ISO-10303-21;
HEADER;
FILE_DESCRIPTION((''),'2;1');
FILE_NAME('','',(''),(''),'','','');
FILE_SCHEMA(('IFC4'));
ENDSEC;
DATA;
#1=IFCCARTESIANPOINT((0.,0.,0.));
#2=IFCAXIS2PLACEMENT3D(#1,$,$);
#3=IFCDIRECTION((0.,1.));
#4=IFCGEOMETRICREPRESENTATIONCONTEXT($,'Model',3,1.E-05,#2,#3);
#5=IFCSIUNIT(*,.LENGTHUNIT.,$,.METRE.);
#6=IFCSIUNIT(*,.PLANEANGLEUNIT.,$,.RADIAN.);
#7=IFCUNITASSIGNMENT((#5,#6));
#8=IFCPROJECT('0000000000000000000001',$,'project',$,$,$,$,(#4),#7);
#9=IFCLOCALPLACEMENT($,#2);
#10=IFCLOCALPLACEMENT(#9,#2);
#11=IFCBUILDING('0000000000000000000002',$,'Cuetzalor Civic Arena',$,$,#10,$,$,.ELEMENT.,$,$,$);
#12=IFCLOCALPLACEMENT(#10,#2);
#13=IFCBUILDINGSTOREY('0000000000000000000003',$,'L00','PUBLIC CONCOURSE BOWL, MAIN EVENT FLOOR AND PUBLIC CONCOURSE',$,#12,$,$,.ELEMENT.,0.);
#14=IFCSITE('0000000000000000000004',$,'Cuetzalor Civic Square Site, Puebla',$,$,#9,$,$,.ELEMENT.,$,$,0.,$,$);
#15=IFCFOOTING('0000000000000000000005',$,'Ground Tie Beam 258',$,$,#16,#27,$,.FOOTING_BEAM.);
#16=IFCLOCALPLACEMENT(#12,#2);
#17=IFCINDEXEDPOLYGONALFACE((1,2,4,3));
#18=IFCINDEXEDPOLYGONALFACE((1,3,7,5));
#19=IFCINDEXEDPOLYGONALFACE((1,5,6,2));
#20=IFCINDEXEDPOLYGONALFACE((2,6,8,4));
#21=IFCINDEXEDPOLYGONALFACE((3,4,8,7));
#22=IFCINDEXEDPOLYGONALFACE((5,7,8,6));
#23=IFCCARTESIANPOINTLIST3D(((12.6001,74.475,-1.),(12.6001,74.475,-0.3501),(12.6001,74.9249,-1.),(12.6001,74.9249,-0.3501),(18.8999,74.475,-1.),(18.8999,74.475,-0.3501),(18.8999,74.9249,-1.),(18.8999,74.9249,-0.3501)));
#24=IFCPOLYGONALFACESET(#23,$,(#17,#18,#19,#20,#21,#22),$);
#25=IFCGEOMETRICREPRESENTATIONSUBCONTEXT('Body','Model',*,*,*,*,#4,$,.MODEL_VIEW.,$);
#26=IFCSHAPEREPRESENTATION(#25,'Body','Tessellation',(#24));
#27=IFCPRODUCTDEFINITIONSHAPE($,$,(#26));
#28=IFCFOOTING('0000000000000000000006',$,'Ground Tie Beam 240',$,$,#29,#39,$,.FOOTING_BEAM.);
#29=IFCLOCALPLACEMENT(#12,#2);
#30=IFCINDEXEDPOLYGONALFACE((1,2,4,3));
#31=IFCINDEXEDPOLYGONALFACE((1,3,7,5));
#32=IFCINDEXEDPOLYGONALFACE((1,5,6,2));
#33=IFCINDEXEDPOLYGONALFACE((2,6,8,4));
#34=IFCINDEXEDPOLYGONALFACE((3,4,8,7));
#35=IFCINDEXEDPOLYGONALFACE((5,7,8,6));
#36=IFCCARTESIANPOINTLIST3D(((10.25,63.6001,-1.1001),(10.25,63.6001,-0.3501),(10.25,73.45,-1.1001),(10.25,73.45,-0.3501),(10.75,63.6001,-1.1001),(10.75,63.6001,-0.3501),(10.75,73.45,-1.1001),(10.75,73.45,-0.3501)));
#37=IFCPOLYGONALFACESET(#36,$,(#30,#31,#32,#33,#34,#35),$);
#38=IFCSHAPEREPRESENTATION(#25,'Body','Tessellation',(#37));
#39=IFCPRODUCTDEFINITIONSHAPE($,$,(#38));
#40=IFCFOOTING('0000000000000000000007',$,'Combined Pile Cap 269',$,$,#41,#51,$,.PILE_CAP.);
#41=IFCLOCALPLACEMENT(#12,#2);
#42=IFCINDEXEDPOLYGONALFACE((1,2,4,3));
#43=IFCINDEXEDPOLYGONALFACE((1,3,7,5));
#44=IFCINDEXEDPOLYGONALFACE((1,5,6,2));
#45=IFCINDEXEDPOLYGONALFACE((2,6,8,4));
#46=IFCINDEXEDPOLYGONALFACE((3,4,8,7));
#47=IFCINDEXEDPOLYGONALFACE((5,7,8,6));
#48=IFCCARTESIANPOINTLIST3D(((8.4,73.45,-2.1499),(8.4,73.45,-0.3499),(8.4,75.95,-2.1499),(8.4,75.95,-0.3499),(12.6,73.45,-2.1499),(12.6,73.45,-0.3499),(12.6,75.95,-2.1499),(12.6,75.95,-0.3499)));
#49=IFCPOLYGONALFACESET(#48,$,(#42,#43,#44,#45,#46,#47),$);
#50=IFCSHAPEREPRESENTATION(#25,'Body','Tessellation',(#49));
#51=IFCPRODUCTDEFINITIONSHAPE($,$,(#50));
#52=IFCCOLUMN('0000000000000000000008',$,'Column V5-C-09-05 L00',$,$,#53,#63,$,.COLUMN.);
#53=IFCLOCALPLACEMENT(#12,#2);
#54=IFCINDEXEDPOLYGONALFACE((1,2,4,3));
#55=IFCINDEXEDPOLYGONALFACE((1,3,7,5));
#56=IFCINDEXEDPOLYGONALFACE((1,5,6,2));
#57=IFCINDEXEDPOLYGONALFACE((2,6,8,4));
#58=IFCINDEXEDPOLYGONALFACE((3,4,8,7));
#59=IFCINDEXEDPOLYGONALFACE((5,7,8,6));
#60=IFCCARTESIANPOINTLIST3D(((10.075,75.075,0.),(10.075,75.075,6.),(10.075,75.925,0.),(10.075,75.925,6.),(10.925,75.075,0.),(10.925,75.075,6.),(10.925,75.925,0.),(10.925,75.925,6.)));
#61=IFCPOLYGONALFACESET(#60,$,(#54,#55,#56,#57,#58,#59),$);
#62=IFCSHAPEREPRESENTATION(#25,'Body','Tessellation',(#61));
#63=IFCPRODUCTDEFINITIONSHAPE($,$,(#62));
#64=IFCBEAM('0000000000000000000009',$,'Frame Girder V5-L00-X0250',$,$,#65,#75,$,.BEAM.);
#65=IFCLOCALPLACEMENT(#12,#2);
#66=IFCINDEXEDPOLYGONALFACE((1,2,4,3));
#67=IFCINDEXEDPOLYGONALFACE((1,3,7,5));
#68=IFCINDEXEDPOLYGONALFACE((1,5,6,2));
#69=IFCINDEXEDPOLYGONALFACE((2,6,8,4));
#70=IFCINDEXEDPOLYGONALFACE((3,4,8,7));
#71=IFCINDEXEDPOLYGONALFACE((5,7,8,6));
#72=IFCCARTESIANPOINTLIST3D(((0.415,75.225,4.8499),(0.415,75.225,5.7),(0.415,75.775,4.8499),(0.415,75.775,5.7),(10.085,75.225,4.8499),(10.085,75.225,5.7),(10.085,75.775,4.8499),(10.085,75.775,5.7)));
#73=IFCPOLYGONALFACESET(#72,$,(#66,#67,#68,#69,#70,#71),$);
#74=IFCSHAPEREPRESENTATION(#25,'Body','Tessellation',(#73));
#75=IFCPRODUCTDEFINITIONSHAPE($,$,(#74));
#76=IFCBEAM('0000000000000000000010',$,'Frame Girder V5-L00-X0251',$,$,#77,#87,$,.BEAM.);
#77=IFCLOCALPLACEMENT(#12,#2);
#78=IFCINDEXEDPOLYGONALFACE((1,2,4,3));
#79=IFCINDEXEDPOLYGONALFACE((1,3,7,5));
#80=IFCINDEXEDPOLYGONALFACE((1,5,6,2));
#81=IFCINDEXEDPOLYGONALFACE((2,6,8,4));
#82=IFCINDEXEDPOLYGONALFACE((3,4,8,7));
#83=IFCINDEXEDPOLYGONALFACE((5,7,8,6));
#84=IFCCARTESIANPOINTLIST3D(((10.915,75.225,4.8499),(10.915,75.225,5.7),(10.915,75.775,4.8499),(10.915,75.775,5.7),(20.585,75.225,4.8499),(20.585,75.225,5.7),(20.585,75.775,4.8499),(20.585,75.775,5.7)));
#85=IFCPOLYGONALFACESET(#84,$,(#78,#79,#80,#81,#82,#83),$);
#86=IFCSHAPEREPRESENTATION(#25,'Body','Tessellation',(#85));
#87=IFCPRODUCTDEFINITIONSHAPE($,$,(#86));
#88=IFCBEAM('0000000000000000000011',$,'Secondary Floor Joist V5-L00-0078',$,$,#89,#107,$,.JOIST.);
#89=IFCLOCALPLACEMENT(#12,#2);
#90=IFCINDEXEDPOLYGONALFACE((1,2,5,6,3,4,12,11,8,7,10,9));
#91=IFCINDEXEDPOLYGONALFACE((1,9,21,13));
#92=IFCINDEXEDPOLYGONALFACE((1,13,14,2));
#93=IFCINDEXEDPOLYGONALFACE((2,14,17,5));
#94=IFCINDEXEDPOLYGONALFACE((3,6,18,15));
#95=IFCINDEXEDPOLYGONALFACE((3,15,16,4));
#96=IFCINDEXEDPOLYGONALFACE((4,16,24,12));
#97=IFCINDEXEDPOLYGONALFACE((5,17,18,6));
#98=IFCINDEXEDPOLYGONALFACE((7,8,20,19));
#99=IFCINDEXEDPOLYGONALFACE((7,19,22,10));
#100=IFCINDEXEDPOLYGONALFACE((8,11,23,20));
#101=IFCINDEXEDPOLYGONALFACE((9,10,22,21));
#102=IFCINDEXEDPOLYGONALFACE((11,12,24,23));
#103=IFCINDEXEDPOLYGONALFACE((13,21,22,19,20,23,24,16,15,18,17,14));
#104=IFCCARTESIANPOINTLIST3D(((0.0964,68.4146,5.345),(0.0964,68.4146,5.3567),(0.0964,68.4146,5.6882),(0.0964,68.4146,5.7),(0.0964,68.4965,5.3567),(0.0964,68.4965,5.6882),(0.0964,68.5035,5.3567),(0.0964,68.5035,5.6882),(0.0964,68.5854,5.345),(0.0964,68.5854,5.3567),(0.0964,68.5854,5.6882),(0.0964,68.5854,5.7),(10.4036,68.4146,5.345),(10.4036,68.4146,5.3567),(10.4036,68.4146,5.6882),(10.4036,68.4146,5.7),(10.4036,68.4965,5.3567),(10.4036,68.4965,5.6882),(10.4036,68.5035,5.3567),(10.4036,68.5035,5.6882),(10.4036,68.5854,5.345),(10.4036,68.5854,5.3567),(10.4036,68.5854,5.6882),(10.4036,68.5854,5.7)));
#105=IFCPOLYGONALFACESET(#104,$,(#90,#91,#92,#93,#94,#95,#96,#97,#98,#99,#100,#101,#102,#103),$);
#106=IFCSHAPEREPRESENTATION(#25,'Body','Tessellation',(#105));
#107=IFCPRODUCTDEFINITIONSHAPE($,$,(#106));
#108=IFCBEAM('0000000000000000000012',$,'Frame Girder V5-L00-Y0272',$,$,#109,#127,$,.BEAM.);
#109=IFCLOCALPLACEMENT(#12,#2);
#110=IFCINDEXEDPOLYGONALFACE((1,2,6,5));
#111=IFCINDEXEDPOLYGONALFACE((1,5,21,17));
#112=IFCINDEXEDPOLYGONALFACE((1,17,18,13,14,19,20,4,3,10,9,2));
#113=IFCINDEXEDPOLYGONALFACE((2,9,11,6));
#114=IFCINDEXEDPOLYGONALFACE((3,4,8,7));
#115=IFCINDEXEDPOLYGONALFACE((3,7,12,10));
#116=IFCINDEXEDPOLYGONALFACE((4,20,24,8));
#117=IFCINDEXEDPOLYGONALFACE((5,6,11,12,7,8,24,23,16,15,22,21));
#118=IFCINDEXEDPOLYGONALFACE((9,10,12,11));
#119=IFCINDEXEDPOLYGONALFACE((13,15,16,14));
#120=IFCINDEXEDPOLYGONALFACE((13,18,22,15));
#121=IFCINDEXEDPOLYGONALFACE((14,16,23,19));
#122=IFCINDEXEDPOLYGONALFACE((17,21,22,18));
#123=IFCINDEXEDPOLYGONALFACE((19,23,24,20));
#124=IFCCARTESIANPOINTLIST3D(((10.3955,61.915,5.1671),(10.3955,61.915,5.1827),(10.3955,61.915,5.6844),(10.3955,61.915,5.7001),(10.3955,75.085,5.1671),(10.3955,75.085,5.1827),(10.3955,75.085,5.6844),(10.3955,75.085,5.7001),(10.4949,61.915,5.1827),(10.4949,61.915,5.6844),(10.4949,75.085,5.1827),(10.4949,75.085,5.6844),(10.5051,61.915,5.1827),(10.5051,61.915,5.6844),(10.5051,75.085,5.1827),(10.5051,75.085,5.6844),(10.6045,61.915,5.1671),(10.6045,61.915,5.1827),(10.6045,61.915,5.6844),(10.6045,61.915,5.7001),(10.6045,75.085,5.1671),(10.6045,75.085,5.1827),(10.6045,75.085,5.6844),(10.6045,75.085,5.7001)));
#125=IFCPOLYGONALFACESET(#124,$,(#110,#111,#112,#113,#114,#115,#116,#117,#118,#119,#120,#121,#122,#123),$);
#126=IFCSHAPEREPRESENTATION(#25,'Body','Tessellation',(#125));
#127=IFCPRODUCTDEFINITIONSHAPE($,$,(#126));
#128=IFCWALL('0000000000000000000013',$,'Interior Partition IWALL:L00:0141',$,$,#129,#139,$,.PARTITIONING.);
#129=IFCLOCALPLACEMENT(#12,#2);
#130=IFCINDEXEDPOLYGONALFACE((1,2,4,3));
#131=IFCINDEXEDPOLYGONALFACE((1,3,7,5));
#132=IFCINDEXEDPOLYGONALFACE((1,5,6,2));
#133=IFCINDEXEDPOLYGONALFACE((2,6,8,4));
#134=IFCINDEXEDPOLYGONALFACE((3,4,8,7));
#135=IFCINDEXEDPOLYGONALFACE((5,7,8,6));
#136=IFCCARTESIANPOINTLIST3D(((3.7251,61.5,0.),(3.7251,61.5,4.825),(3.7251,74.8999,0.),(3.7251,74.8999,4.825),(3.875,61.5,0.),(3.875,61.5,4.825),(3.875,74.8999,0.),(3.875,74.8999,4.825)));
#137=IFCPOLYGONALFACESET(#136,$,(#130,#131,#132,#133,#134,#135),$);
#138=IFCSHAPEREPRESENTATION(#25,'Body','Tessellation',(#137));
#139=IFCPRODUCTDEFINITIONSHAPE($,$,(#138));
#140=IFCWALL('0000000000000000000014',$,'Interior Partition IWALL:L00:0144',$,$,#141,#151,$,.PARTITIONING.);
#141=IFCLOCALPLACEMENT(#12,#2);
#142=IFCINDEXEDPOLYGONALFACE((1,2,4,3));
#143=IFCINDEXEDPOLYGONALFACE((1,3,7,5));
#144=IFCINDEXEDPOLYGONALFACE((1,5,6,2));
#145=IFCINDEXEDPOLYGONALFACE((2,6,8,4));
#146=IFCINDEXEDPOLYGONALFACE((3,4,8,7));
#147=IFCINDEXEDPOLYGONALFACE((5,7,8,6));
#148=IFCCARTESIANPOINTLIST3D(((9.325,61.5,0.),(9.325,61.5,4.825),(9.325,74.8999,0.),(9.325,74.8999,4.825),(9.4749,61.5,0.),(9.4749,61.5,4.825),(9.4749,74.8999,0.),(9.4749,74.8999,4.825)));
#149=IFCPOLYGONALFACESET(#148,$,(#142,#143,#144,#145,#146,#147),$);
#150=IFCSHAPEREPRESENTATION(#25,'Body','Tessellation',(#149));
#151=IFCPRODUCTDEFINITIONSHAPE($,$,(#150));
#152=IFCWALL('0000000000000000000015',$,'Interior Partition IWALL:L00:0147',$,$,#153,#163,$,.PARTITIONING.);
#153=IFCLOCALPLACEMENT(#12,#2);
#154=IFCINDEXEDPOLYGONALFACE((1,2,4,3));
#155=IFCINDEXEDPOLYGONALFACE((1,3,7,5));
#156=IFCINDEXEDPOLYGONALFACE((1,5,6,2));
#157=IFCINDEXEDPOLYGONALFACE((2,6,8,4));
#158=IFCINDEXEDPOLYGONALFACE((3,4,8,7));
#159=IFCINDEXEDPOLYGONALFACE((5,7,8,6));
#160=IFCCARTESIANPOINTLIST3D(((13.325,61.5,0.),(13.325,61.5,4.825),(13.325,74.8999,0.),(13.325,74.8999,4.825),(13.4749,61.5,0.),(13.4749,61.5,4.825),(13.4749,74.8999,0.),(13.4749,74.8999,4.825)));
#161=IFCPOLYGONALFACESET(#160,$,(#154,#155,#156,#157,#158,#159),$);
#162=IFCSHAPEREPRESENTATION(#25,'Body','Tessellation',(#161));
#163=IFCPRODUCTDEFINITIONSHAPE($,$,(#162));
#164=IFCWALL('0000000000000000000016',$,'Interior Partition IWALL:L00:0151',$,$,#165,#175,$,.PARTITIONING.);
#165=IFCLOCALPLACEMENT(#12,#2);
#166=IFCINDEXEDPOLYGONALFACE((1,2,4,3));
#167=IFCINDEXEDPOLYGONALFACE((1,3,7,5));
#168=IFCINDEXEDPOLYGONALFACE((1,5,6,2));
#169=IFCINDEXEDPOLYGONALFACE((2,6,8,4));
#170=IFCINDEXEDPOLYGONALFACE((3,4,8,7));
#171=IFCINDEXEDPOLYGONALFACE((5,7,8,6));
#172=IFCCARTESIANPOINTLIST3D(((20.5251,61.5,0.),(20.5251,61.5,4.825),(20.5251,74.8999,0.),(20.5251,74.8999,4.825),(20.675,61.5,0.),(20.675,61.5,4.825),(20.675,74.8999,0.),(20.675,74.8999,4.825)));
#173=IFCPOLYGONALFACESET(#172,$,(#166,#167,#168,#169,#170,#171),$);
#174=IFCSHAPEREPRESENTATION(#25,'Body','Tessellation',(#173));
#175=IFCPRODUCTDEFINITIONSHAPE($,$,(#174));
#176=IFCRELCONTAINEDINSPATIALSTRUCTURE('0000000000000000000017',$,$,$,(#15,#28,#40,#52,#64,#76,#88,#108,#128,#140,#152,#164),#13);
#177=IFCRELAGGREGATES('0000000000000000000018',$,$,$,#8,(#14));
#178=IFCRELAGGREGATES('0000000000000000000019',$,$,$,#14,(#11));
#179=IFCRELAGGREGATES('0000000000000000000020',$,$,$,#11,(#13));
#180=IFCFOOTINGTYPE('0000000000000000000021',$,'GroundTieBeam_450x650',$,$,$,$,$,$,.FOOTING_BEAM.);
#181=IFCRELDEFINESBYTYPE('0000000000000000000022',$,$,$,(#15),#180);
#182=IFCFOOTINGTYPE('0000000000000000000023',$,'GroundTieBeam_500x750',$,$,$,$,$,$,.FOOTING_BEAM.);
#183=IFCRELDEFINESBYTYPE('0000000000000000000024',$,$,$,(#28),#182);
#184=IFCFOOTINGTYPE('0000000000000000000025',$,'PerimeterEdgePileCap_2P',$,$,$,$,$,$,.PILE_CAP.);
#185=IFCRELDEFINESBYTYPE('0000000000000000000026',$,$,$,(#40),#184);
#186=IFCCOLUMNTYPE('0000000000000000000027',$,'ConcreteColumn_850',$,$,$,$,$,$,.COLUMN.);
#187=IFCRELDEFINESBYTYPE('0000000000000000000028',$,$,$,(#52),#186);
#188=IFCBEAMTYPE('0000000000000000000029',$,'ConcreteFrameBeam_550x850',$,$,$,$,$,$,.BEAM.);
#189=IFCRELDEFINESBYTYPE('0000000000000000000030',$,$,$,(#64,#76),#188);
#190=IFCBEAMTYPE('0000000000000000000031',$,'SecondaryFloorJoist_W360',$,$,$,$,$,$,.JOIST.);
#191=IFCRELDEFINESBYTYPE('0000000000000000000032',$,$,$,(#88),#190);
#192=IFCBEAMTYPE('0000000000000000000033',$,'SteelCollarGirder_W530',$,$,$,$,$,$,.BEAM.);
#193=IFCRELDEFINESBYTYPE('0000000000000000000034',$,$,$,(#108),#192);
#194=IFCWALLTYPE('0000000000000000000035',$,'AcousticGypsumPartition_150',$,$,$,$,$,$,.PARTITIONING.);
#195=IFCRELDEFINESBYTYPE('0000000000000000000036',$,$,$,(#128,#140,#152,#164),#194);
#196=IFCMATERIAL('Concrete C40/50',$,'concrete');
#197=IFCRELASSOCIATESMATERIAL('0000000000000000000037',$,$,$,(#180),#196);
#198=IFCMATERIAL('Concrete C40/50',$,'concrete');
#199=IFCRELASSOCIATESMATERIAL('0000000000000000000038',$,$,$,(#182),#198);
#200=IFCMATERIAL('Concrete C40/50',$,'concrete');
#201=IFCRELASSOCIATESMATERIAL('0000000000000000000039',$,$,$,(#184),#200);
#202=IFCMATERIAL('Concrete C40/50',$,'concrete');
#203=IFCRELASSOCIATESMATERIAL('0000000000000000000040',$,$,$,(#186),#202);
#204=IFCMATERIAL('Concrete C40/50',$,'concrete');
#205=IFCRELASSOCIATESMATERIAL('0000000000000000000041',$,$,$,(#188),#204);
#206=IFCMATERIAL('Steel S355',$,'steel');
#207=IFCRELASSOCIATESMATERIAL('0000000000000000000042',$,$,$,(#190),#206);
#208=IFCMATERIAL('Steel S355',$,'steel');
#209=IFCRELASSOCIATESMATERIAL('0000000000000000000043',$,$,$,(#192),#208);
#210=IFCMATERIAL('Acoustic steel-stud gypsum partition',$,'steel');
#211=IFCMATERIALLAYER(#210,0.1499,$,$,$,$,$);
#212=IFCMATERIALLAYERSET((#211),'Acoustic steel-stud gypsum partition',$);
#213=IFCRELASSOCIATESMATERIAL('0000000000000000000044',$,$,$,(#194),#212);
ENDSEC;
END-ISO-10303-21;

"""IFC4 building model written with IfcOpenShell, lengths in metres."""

from ifc_helpers import new_model, si_unit, direction, frame, frame_2d, origin, origin_2d, place, context, subcontext, project, spatial, rectangle, i_section, extrude, material, layer, layer_set, material_profile, profile_set, type_object, element, save


model = new_model("IFC4")

# Units and contexts
model_context = context("Model", 3, precision=1e-05, world=origin(), true_north=direction((0.0, 1.0)))
body_context = subcontext(model_context, "Body", "Model", "MODEL_VIEW")
ifc_project = project(units=[si_unit("LENGTHUNIT", "METRE"), si_unit("PLANEANGLEUNIT", "RADIAN")], contexts=[model_context])

# Site, building, storey
site_placement = place(None, origin())
site = spatial("IfcSite", under=ifc_project, at=site_placement, Name="Cuetzalor Civic Square Site, Puebla", CompositionType="ELEMENT", RefElevation=0.0)
building_placement = place(site_placement, origin())
building = spatial("IfcBuilding", under=site, at=building_placement, Name="Cuetzalor Civic Arena", CompositionType="ELEMENT")
storey_placement = place(building_placement, origin())
storey = spatial("IfcBuildingStorey", under=building, at=storey_placement, Name="L00", Description="PUBLIC CONCOURSE BOWL, MAIN EVENT FLOOR AND PUBLIC CONCOURSE", CompositionType="ELEMENT", Elevation=0.0)

# Footings
ifc_material_1 = material(Name="Concrete C40/50", Category="concrete")
ifc_material_profile_1 = material_profile(ifc_material_1, rectangle(XDim=0.45, YDim=0.6499, at=origin_2d()), Name="RC 450x650")
ifc_profile_set_1 = profile_set([ifc_material_profile_1], Name="Concrete C40/50")
footing_type_1 = type_object("IfcFootingType", Name="GroundTieBeam_450x650", PredefinedType="FOOTING_BEAM", material=ifc_profile_set_1)
for number, where, z_axis, x_axis, name in (
    (1, (12.6001, 74.7, -0.675), (1.0, 0.0, 0.0), (0.0, 1.0, 0.0), "Ground Tie Beam 258"),
):
    element("IfcFooting", number, at=place(storey_placement, frame(where, z_axis=z_axis, x_axis=x_axis)), inside=storey, type_object=footing_type_1, Name=name, PredefinedType="FOOTING_BEAM", context=body_context, shape_type="SweptSolid", body=[
        extrude(rectangle(XDim=0.45, YDim=0.6499, at=origin_2d()), origin(), (0.0, 0.0, 1.0), 6.2998),
    ])
ifc_material_2 = material(Name="Concrete C40/50", Category="concrete")
ifc_material_profile_2 = material_profile(ifc_material_2, rectangle(XDim=0.5, YDim=0.75, at=origin_2d()), Name="RC 500x750")
ifc_profile_set_2 = profile_set([ifc_material_profile_2], Name="Concrete C40/50")
footing_type_2 = type_object("IfcFootingType", Name="GroundTieBeam_500x750", PredefinedType="FOOTING_BEAM", material=ifc_profile_set_2)
footing_1_placement = place(storey_placement, frame((10.5, 63.6001, -0.7251), z_axis=(0.0, 1.0, 0.0), x_axis=(-1.0, 0.0, 0.0)))
element("IfcFooting", 2, at=footing_1_placement, inside=storey, type_object=footing_type_2, Name="Ground Tie Beam 240", PredefinedType="FOOTING_BEAM", context=body_context, shape_type="SweptSolid", body=[
    extrude(rectangle(XDim=0.5, YDim=0.75, at=origin_2d()), origin(), (0.0, 0.0, 1.0), 9.8499),
])
ifc_material_3 = material(Name="Concrete C40/50", Category="concrete")
footing_type_3 = type_object("IfcFootingType", Name="PerimeterEdgePileCap_2P", PredefinedType="PILE_CAP", material=ifc_material_3)
footing_2_placement = place(storey_placement, frame((10.5, 74.7, -2.1499), z_axis=(0.0, 0.0, 1.0), x_axis=(1.0, 0.0, 0.0)))
element("IfcFooting", 3, at=footing_2_placement, inside=storey, type_object=footing_type_3, Name="Combined Pile Cap 269", PredefinedType="PILE_CAP", context=body_context, shape_type="SweptSolid", body=[
    extrude(rectangle(XDim=4.2, YDim=2.5, at=origin_2d()), origin(), (0.0, 0.0, 1.0), 1.8),
])

# Column
ifc_material_4 = material(Name="Concrete C40/50", Category="concrete")
ifc_material_profile_3 = material_profile(ifc_material_4, rectangle(XDim=0.8501, YDim=0.8501, at=origin_2d()), Name="RC 850x850")
ifc_profile_set_3 = profile_set([ifc_material_profile_3], Name="Concrete C40/50")
column_type = type_object("IfcColumnType", Name="ConcreteColumn_850", PredefinedType="COLUMN", material=ifc_profile_set_3)
column_placement = place(storey_placement, frame((10.5, 75.5, 0.0), z_axis=(0.0, 0.0, 1.0), x_axis=(1.0, 0.0, 0.0)))
element("IfcColumn", 4, at=column_placement, inside=storey, type_object=column_type, Name="Column V5-C-09-05 L00", PredefinedType="COLUMN", context=body_context, shape_type="SweptSolid", body=[
    extrude(rectangle(XDim=0.8501, YDim=0.8501, at=origin_2d()), origin(), (0.0, 0.0, 1.0), 6.0),
])

# Beams
ifc_material_5 = material(Name="Concrete C40/50", Category="concrete")
ifc_material_profile_4 = material_profile(ifc_material_5, rectangle(XDim=0.55, YDim=0.8501, at=origin_2d()), Name="RC 550x850")
ifc_profile_set_4 = profile_set([ifc_material_profile_4], Name="Concrete C40/50")
beam_type_1 = type_object("IfcBeamType", Name="ConcreteFrameBeam_550x850", PredefinedType="BEAM", material=ifc_profile_set_4)
for number, where, z_axis, x_axis, name in (
    (5, (0.415, 75.5, 5.2749), (1.0, 0.0, 0.0), (0.0, 1.0, 0.0), "Frame Girder V5-L00-X0250"),
    (6, (10.915, 75.5, 5.2749), (1.0, 0.0, 0.0), (0.0, 1.0, 0.0), "Frame Girder V5-L00-X0251"),
):
    element("IfcBeam", number, at=place(storey_placement, frame(where, z_axis=z_axis, x_axis=x_axis)), inside=storey, type_object=beam_type_1, Name=name, PredefinedType="BEAM", context=body_context, shape_type="SweptSolid", body=[
        extrude(rectangle(XDim=0.55, YDim=0.8501, at=origin_2d()), origin(), (0.0, 0.0, 1.0), 9.6699),
    ])
ifc_material_6 = material(Name="Steel S355", Category="steel")
ifc_material_profile_5 = material_profile(ifc_material_6, i_section(OverallWidth=0.1709, OverallDepth=0.355, WebThickness=0.0071, FlangeThickness=0.0117, at=origin_2d()), Name="W360x51")
ifc_profile_set_5 = profile_set([ifc_material_profile_5], Name="Steel S355")
beam_type_2 = type_object("IfcBeamType", Name="SecondaryFloorJoist_W360", PredefinedType="JOIST", material=ifc_profile_set_5)
beam_1_placement = place(storey_placement, frame((0.0964, 68.5, 5.5225), z_axis=(1.0, 0.0, 0.0), x_axis=(0.0, 1.0, 0.0)))
element("IfcBeam", 7, at=beam_1_placement, inside=storey, type_object=beam_type_2, Name="Secondary Floor Joist V5-L00-0078", PredefinedType="JOIST", context=body_context, shape_type="SweptSolid", body=[
    extrude(i_section(OverallWidth=0.1709, OverallDepth=0.355, WebThickness=0.0071, FlangeThickness=0.0117, at=origin_2d()), origin(), (0.0, 0.0, 1.0), 10.3071),
])
ifc_material_7 = material(Name="Steel S355", Category="steel")
ifc_material_profile_6 = material_profile(ifc_material_7, i_section(OverallWidth=0.209, OverallDepth=0.533, WebThickness=0.0103, FlangeThickness=0.0156, at=origin_2d()), Name="W530x92")
ifc_profile_set_6 = profile_set([ifc_material_profile_6], Name="Steel S355")
beam_type_3 = type_object("IfcBeamType", Name="SteelCollarGirder_W530", PredefinedType="BEAM", material=ifc_profile_set_6)
beam_2_placement = place(storey_placement, frame((10.5, 61.915, 5.4336), z_axis=(0.0, 1.0, 0.0), x_axis=(-1.0, 0.0, 0.0)))
element("IfcBeam", 8, at=beam_2_placement, inside=storey, type_object=beam_type_3, Name="Frame Girder V5-L00-Y0272", PredefinedType="BEAM", context=body_context, shape_type="SweptSolid", body=[
    extrude(i_section(OverallWidth=0.209, OverallDepth=0.533, WebThickness=0.0103, FlangeThickness=0.0156, at=origin_2d()), origin(), (0.0, 0.0, 1.0), 13.1699),
])

# Walls
ifc_material_8 = material(Name="Acoustic steel-stud gypsum partition", Category="steel")
ifc_layer_1 = layer(ifc_material_8, 0.1499)
ifc_layer_set_1 = layer_set([ifc_layer_1], Name="Acoustic steel-stud gypsum partition")
wall_type_1 = type_object("IfcWallType", Name="AcousticGypsumPartition_150", PredefinedType="PARTITIONING", material=ifc_layer_set_1)
for number, where, z_axis, x_axis, name in (
    (9, (3.8, 74.8999, 0.0), (0.0, 0.0, 1.0), (0.0, -1.0, 0.0), "Interior Partition IWALL:L00:0141"),
    (10, (9.3999, 74.8999, 0.0), (0.0, 0.0, 1.0), (0.0, -1.0, 0.0), "Interior Partition IWALL:L00:0144"),
    (11, (13.3999, 74.8999, 0.0), (0.0, 0.0, 1.0), (0.0, -1.0, 0.0), "Interior Partition IWALL:L00:0147"),
    (12, (20.6001, 61.5, 0.0), (0.0, 0.0, 1.0), (0.0, 1.0, 0.0), "Interior Partition IWALL:L00:0151"),
):
    element("IfcWall", number, at=place(storey_placement, frame(where, z_axis=z_axis, x_axis=x_axis)), inside=storey, type_object=wall_type_1, Name=name, PredefinedType="PARTITIONING", context=body_context, shape_type="SweptSolid", body=[
        extrude(rectangle(XDim=13.3999, YDim=0.1499, at=frame_2d((6.7, 0.0))), origin(), (0.0, 0.0, 1.0), 4.825),
    ])

save(model, "model.ifc")
